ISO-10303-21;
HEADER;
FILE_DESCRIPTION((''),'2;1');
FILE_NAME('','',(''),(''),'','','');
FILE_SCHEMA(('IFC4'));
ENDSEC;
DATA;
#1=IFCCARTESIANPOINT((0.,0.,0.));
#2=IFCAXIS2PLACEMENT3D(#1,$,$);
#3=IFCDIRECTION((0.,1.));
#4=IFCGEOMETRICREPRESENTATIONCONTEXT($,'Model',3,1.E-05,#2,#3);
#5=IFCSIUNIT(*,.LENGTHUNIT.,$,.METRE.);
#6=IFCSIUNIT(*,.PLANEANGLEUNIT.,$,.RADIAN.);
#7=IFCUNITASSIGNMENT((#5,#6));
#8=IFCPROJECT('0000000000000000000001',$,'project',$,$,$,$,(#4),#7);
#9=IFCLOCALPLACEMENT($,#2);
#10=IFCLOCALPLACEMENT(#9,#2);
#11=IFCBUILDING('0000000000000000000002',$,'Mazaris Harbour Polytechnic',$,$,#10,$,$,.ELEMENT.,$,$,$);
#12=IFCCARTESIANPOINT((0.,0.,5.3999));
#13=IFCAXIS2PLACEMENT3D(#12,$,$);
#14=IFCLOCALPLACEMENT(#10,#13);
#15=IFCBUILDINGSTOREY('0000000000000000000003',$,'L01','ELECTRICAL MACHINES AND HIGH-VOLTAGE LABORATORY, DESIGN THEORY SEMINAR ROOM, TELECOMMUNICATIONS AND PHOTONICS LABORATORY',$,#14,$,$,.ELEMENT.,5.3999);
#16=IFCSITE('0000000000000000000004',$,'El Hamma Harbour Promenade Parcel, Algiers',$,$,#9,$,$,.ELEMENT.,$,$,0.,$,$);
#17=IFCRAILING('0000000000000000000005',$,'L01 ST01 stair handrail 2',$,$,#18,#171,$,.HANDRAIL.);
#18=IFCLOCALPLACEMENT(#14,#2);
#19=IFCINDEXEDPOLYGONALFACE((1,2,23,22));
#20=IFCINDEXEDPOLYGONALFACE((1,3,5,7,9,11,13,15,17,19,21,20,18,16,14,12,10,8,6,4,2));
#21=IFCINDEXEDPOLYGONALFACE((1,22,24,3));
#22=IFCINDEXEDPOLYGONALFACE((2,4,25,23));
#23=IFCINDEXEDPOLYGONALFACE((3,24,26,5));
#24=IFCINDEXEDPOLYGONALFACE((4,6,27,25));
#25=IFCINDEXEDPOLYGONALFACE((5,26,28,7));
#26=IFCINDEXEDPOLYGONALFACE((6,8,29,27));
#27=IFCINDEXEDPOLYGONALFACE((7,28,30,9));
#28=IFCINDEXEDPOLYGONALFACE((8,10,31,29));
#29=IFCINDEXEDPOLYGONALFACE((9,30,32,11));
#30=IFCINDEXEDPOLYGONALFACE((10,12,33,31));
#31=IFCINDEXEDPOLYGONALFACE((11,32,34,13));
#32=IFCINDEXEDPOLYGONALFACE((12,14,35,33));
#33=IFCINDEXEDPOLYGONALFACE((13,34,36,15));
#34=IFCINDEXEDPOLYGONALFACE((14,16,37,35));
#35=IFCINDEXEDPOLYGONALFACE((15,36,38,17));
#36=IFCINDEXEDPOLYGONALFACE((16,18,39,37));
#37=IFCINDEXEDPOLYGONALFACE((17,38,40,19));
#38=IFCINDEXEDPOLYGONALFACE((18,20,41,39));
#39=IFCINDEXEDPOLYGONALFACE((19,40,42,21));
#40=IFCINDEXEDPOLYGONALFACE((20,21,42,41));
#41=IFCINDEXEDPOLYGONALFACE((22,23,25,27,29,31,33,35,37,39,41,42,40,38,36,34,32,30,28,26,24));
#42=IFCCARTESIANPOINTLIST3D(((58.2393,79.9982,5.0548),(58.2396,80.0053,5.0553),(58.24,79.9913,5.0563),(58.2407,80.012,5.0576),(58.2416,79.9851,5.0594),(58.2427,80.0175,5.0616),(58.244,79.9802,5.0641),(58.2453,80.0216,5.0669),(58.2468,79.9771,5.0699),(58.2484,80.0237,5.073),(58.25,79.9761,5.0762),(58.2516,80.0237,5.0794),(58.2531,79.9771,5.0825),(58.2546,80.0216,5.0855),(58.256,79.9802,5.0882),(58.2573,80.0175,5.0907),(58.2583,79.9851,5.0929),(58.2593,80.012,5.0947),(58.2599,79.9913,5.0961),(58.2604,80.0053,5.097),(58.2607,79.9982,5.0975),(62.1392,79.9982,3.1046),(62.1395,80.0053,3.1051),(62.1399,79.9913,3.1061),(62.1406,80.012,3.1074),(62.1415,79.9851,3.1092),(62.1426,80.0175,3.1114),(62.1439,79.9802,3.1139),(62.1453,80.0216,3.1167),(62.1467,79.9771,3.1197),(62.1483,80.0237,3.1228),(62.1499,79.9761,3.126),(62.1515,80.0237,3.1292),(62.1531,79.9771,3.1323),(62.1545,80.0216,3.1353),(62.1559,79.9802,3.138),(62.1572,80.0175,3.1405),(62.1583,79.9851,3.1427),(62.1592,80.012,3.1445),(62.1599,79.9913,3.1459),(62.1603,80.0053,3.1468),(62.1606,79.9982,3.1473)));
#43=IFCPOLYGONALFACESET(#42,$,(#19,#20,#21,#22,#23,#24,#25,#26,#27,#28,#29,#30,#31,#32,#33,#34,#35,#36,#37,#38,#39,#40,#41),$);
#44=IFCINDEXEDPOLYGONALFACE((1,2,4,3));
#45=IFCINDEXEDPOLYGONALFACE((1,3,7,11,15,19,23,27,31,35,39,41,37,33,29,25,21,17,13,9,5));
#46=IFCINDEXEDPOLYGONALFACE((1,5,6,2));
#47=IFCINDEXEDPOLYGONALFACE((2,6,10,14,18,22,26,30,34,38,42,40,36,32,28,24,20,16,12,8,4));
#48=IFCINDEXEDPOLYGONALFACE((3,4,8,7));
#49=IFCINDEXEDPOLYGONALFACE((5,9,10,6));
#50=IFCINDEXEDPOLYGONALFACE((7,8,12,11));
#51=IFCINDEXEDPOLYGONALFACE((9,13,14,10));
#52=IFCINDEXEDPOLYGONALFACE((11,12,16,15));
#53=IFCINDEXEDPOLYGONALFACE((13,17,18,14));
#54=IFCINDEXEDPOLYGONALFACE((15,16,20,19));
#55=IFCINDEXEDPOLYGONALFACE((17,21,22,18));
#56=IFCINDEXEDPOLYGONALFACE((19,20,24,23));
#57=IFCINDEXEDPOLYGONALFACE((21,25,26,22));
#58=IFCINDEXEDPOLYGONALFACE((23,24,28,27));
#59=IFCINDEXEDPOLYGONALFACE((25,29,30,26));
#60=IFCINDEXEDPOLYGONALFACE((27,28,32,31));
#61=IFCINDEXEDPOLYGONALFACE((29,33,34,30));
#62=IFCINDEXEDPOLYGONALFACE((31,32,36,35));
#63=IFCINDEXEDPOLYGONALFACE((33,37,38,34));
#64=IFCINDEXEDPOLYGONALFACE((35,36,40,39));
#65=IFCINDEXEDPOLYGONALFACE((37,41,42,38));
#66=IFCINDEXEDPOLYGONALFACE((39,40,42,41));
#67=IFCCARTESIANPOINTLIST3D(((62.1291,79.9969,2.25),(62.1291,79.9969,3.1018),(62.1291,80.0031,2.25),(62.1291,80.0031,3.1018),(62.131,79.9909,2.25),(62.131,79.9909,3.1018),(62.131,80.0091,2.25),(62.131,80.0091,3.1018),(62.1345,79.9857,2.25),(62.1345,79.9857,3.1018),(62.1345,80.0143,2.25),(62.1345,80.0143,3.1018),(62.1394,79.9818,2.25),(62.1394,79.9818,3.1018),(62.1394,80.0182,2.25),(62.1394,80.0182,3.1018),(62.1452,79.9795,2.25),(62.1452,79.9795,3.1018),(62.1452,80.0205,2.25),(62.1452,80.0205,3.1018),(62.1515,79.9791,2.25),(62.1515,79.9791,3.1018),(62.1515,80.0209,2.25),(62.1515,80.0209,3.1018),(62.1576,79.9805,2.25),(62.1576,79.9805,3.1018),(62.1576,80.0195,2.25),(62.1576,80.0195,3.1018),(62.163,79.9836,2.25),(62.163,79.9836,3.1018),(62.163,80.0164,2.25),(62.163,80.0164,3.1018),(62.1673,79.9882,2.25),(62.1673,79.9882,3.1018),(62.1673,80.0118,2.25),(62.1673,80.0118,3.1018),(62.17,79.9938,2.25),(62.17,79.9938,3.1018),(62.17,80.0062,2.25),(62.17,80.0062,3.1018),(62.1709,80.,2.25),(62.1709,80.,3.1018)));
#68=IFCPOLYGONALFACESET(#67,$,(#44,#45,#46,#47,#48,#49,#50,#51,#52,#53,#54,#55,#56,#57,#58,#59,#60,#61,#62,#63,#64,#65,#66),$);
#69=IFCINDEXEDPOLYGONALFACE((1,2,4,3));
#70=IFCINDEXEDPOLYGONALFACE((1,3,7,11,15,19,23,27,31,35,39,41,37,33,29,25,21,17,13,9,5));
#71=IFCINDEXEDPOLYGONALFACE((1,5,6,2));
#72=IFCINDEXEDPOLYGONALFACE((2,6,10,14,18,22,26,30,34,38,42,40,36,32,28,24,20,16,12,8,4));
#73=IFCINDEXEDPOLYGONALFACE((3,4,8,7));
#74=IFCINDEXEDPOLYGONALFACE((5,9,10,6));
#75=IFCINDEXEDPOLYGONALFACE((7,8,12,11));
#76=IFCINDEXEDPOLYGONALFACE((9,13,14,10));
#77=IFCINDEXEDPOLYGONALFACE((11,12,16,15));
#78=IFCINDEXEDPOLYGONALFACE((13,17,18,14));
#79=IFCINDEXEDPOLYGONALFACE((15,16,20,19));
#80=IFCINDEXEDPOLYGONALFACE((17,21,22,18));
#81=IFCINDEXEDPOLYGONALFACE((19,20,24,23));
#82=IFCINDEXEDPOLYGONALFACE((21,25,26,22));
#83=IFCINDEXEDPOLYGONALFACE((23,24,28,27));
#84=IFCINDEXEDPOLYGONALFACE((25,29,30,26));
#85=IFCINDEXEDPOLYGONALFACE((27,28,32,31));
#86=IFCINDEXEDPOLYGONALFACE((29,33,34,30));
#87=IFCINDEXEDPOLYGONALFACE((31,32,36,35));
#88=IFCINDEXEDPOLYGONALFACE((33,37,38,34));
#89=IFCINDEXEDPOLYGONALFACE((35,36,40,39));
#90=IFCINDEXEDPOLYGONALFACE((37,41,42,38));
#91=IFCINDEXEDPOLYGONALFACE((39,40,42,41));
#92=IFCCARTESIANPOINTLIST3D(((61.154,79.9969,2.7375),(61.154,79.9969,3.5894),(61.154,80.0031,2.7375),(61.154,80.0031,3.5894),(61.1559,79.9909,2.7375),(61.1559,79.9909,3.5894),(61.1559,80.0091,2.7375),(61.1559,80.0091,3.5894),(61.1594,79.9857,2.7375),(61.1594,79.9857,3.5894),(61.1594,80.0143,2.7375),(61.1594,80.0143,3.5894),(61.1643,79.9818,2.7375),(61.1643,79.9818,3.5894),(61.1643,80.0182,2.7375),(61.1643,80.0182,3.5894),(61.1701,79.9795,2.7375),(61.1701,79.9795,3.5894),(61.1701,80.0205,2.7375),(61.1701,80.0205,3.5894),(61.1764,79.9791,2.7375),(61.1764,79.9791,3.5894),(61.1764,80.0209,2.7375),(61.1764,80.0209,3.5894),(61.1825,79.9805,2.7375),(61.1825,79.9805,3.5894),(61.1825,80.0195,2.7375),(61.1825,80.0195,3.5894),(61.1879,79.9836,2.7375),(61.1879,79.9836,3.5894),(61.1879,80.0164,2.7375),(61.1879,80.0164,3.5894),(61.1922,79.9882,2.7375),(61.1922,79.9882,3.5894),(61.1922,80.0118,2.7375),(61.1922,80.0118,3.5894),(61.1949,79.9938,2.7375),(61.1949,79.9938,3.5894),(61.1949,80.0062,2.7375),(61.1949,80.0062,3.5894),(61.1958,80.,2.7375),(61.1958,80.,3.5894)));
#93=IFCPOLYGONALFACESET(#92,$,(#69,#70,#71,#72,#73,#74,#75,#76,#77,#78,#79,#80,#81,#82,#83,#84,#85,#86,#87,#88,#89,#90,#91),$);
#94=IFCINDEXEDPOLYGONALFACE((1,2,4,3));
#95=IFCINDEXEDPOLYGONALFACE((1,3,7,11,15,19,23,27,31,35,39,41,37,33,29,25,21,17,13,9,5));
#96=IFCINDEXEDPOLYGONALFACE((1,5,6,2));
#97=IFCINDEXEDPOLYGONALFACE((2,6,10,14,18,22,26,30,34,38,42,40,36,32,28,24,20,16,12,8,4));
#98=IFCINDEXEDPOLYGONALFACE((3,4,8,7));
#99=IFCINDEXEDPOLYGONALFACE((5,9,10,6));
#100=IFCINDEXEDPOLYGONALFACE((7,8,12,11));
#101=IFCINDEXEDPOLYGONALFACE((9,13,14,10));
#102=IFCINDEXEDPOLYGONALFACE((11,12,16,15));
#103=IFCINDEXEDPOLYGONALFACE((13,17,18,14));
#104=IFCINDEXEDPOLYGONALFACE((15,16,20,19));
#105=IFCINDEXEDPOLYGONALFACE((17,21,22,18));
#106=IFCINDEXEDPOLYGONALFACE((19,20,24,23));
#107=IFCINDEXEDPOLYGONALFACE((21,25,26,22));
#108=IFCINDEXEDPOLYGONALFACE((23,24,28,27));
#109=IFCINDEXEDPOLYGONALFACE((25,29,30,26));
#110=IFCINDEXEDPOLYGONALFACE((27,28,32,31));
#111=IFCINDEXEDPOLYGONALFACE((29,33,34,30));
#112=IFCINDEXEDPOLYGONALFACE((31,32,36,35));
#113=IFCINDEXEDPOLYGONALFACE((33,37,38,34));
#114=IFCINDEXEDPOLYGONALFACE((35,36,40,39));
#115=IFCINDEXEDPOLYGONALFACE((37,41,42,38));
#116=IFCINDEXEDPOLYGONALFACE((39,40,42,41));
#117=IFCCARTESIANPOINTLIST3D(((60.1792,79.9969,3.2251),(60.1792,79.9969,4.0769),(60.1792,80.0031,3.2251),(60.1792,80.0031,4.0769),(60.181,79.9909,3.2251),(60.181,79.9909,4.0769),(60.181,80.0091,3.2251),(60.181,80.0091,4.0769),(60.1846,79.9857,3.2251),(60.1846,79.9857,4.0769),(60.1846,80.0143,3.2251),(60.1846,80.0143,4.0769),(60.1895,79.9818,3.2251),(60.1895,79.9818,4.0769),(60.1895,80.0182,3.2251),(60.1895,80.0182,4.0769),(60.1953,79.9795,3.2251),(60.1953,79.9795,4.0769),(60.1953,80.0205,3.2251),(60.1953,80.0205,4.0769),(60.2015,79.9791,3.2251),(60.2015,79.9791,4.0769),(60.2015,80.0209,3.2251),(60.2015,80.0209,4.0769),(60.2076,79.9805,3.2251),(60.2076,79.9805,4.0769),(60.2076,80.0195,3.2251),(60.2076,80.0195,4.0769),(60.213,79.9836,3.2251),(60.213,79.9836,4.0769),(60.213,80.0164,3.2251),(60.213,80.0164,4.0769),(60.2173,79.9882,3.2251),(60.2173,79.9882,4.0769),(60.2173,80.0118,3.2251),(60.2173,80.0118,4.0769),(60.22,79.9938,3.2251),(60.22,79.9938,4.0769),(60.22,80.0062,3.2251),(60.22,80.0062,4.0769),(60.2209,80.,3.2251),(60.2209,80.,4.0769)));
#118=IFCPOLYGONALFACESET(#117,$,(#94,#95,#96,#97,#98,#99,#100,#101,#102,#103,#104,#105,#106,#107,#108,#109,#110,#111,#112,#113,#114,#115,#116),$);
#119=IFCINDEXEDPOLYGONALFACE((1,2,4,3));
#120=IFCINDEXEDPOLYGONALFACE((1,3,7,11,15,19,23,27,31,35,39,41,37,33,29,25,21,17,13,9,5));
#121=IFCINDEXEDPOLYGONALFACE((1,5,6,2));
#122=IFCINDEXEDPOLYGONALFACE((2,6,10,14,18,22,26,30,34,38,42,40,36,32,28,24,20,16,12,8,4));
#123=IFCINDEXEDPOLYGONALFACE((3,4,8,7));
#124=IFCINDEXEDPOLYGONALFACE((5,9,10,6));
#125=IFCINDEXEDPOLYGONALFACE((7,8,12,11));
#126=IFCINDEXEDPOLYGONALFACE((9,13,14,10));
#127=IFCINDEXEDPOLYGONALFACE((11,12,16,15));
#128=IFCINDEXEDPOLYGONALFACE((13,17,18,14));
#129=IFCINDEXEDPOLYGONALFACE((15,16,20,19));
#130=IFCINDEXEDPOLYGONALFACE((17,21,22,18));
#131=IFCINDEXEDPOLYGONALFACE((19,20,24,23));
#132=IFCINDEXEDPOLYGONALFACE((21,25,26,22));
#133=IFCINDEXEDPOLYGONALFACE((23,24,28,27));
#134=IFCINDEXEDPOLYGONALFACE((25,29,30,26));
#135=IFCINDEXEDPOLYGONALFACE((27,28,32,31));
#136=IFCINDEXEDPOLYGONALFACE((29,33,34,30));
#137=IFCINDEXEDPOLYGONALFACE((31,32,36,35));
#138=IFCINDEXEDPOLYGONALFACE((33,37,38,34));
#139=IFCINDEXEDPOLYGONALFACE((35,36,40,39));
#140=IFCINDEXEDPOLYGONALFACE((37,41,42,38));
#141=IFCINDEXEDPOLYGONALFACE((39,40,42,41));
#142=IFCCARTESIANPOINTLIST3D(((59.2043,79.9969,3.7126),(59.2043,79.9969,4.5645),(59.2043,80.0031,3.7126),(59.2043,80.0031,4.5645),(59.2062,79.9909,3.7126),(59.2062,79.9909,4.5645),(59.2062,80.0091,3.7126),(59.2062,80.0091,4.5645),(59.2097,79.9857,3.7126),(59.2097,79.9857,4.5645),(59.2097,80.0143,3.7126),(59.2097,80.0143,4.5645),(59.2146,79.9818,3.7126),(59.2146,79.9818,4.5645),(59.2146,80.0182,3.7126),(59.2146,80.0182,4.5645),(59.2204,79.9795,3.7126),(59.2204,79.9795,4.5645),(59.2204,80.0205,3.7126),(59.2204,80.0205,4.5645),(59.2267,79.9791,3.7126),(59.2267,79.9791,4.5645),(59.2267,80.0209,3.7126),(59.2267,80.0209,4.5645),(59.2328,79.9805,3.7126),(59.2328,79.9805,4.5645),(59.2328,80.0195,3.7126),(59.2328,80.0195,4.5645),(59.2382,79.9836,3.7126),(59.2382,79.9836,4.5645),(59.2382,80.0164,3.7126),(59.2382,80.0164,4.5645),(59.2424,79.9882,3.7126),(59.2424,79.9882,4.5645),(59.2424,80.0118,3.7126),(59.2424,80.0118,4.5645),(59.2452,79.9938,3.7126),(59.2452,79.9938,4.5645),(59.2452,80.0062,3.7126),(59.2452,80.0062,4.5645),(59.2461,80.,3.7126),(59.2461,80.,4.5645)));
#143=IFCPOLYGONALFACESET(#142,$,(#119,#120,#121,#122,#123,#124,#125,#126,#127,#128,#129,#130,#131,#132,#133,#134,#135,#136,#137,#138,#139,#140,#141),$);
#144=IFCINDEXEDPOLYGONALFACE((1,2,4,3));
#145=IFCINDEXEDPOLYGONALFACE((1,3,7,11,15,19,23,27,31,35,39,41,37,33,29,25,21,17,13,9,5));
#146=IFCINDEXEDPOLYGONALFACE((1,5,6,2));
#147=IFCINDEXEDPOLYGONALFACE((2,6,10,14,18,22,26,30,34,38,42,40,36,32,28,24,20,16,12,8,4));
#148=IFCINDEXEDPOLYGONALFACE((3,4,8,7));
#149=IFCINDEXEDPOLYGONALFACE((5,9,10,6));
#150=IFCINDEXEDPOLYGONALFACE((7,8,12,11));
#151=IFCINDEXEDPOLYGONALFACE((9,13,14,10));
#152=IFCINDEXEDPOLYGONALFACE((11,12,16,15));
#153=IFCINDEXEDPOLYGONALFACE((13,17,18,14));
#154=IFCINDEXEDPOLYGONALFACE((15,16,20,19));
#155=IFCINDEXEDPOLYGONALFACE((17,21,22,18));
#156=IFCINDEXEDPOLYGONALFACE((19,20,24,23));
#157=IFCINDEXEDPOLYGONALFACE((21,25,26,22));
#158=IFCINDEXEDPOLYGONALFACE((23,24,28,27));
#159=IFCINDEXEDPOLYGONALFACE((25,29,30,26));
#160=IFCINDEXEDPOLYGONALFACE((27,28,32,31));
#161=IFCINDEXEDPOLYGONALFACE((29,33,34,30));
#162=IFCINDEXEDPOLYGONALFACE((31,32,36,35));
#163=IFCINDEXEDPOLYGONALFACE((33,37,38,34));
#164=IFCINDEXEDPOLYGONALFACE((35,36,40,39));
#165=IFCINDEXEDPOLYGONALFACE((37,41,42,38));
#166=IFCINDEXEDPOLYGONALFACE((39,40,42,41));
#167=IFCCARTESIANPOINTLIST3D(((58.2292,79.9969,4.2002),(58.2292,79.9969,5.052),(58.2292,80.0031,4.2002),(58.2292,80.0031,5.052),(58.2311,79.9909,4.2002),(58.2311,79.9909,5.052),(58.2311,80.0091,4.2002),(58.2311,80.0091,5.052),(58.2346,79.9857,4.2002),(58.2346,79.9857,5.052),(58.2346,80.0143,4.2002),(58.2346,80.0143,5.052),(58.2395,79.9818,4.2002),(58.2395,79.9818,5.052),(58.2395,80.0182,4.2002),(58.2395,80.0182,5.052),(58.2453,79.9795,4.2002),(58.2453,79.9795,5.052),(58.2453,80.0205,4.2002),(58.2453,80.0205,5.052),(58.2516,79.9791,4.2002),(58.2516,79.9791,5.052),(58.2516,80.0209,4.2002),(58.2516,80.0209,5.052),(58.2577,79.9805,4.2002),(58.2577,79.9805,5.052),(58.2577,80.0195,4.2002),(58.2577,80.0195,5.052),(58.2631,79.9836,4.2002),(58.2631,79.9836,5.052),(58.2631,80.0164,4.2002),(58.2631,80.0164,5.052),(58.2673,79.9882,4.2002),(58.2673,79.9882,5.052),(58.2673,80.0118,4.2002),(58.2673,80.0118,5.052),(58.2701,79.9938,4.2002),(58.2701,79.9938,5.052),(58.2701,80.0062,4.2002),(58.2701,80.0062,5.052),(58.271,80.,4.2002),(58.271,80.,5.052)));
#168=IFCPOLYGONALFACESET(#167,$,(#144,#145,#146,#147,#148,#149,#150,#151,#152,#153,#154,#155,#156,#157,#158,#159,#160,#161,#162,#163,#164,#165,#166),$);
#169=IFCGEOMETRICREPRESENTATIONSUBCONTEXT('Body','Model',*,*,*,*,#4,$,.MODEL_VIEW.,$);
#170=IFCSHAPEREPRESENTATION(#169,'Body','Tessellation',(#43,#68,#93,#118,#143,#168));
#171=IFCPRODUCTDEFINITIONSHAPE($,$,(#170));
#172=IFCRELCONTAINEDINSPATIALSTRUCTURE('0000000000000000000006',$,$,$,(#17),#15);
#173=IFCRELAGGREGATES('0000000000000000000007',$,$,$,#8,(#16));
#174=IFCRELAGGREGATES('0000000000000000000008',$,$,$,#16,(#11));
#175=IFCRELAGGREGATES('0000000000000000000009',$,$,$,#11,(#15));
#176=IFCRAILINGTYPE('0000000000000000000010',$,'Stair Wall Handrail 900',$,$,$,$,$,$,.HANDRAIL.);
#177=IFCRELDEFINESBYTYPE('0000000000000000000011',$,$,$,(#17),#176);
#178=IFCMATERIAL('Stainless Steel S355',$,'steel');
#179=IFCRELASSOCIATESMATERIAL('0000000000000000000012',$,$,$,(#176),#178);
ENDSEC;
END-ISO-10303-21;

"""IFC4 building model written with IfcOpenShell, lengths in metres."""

from ifc_helpers import new_model, si_unit, direction, frame, origin, origin_2d, place, context, subcontext, project, spatial, circle, extrude, material, type_object, element, save


model = new_model("IFC4")

# Units and contexts
model_context = context("Model", 3, precision=1e-05, world=origin(), true_north=direction((0.0, 1.0)))
body_context = subcontext(model_context, "Body", "Model", "MODEL_VIEW")
ifc_project = project(units=[si_unit("LENGTHUNIT", "METRE"), si_unit("PLANEANGLEUNIT", "RADIAN")], contexts=[model_context])

# Site, building, storey
site_placement = place(None, origin())
site = spatial("IfcSite", under=ifc_project, at=site_placement, Name="El Hamma Harbour Promenade Parcel, Algiers", CompositionType="ELEMENT", RefElevation=0.0)
building_placement = place(site_placement, origin())
building = spatial("IfcBuilding", under=site, at=building_placement, Name="Mazaris Harbour Polytechnic", CompositionType="ELEMENT")
storey_placement = place(building_placement, frame((0.0, 0.0, 5.3999)))
storey = spatial("IfcBuildingStorey", under=building, at=storey_placement, Name="L01", Description="ELECTRICAL MACHINES AND HIGH-VOLTAGE LABORATORY, DESIGN THEORY SEMINAR ROOM, TELECOMMUNICATIONS AND PHOTONICS LABORATORY", CompositionType="ELEMENT", Elevation=5.3999)

# Railing
ifc_material_1 = material(Name="Stainless Steel S355", Category="steel")
railing_type_1 = type_object("IfcRailingType", Name="Stair Wall Handrail 900", PredefinedType="HANDRAIL", material=ifc_material_1)
railing_1_placement = place(storey_placement, frame((62.1499, 80.0, 2.25)))
element("IfcRailing", 1, at=railing_1_placement, inside=storey, type_object=railing_type_1, Name="L01 ST01 stair handrail 2", PredefinedType="HANDRAIL", context=body_context, shape_type="SweptSolid", body=[
    extrude(circle(Radius=0.0239, at=origin_2d()), frame((0.0, 0.0, 0.876), z_axis=(-0.894405, 0.0, 0.447258), x_axis=(0.0, -1.0, 0.0)), (0.0, 0.0, 1.0), 4.3604),
    extrude(circle(Radius=0.021, at=origin_2d()), origin(), (0.0, 0.0, 1.0), 0.8518),
    extrude(circle(Radius=0.021, at=origin_2d()), frame((-0.9751, 0.0, 0.4875)), (0.0, 0.0, 1.0), 0.8518),
    extrude(circle(Radius=0.021, at=origin_2d()), frame((-1.95, 0.0, 0.9751)), (0.0, 0.0, 1.0), 0.8518),
    extrude(circle(Radius=0.021, at=origin_2d()), frame((-2.9248, 0.0, 1.4626)), (0.0, 0.0, 1.0), 0.8518),
    extrude(circle(Radius=0.021, at=origin_2d()), frame((-3.8999, 0.0, 1.9502)), (0.0, 0.0, 1.0), 0.8518),
])

save(model, "model.ifc")
